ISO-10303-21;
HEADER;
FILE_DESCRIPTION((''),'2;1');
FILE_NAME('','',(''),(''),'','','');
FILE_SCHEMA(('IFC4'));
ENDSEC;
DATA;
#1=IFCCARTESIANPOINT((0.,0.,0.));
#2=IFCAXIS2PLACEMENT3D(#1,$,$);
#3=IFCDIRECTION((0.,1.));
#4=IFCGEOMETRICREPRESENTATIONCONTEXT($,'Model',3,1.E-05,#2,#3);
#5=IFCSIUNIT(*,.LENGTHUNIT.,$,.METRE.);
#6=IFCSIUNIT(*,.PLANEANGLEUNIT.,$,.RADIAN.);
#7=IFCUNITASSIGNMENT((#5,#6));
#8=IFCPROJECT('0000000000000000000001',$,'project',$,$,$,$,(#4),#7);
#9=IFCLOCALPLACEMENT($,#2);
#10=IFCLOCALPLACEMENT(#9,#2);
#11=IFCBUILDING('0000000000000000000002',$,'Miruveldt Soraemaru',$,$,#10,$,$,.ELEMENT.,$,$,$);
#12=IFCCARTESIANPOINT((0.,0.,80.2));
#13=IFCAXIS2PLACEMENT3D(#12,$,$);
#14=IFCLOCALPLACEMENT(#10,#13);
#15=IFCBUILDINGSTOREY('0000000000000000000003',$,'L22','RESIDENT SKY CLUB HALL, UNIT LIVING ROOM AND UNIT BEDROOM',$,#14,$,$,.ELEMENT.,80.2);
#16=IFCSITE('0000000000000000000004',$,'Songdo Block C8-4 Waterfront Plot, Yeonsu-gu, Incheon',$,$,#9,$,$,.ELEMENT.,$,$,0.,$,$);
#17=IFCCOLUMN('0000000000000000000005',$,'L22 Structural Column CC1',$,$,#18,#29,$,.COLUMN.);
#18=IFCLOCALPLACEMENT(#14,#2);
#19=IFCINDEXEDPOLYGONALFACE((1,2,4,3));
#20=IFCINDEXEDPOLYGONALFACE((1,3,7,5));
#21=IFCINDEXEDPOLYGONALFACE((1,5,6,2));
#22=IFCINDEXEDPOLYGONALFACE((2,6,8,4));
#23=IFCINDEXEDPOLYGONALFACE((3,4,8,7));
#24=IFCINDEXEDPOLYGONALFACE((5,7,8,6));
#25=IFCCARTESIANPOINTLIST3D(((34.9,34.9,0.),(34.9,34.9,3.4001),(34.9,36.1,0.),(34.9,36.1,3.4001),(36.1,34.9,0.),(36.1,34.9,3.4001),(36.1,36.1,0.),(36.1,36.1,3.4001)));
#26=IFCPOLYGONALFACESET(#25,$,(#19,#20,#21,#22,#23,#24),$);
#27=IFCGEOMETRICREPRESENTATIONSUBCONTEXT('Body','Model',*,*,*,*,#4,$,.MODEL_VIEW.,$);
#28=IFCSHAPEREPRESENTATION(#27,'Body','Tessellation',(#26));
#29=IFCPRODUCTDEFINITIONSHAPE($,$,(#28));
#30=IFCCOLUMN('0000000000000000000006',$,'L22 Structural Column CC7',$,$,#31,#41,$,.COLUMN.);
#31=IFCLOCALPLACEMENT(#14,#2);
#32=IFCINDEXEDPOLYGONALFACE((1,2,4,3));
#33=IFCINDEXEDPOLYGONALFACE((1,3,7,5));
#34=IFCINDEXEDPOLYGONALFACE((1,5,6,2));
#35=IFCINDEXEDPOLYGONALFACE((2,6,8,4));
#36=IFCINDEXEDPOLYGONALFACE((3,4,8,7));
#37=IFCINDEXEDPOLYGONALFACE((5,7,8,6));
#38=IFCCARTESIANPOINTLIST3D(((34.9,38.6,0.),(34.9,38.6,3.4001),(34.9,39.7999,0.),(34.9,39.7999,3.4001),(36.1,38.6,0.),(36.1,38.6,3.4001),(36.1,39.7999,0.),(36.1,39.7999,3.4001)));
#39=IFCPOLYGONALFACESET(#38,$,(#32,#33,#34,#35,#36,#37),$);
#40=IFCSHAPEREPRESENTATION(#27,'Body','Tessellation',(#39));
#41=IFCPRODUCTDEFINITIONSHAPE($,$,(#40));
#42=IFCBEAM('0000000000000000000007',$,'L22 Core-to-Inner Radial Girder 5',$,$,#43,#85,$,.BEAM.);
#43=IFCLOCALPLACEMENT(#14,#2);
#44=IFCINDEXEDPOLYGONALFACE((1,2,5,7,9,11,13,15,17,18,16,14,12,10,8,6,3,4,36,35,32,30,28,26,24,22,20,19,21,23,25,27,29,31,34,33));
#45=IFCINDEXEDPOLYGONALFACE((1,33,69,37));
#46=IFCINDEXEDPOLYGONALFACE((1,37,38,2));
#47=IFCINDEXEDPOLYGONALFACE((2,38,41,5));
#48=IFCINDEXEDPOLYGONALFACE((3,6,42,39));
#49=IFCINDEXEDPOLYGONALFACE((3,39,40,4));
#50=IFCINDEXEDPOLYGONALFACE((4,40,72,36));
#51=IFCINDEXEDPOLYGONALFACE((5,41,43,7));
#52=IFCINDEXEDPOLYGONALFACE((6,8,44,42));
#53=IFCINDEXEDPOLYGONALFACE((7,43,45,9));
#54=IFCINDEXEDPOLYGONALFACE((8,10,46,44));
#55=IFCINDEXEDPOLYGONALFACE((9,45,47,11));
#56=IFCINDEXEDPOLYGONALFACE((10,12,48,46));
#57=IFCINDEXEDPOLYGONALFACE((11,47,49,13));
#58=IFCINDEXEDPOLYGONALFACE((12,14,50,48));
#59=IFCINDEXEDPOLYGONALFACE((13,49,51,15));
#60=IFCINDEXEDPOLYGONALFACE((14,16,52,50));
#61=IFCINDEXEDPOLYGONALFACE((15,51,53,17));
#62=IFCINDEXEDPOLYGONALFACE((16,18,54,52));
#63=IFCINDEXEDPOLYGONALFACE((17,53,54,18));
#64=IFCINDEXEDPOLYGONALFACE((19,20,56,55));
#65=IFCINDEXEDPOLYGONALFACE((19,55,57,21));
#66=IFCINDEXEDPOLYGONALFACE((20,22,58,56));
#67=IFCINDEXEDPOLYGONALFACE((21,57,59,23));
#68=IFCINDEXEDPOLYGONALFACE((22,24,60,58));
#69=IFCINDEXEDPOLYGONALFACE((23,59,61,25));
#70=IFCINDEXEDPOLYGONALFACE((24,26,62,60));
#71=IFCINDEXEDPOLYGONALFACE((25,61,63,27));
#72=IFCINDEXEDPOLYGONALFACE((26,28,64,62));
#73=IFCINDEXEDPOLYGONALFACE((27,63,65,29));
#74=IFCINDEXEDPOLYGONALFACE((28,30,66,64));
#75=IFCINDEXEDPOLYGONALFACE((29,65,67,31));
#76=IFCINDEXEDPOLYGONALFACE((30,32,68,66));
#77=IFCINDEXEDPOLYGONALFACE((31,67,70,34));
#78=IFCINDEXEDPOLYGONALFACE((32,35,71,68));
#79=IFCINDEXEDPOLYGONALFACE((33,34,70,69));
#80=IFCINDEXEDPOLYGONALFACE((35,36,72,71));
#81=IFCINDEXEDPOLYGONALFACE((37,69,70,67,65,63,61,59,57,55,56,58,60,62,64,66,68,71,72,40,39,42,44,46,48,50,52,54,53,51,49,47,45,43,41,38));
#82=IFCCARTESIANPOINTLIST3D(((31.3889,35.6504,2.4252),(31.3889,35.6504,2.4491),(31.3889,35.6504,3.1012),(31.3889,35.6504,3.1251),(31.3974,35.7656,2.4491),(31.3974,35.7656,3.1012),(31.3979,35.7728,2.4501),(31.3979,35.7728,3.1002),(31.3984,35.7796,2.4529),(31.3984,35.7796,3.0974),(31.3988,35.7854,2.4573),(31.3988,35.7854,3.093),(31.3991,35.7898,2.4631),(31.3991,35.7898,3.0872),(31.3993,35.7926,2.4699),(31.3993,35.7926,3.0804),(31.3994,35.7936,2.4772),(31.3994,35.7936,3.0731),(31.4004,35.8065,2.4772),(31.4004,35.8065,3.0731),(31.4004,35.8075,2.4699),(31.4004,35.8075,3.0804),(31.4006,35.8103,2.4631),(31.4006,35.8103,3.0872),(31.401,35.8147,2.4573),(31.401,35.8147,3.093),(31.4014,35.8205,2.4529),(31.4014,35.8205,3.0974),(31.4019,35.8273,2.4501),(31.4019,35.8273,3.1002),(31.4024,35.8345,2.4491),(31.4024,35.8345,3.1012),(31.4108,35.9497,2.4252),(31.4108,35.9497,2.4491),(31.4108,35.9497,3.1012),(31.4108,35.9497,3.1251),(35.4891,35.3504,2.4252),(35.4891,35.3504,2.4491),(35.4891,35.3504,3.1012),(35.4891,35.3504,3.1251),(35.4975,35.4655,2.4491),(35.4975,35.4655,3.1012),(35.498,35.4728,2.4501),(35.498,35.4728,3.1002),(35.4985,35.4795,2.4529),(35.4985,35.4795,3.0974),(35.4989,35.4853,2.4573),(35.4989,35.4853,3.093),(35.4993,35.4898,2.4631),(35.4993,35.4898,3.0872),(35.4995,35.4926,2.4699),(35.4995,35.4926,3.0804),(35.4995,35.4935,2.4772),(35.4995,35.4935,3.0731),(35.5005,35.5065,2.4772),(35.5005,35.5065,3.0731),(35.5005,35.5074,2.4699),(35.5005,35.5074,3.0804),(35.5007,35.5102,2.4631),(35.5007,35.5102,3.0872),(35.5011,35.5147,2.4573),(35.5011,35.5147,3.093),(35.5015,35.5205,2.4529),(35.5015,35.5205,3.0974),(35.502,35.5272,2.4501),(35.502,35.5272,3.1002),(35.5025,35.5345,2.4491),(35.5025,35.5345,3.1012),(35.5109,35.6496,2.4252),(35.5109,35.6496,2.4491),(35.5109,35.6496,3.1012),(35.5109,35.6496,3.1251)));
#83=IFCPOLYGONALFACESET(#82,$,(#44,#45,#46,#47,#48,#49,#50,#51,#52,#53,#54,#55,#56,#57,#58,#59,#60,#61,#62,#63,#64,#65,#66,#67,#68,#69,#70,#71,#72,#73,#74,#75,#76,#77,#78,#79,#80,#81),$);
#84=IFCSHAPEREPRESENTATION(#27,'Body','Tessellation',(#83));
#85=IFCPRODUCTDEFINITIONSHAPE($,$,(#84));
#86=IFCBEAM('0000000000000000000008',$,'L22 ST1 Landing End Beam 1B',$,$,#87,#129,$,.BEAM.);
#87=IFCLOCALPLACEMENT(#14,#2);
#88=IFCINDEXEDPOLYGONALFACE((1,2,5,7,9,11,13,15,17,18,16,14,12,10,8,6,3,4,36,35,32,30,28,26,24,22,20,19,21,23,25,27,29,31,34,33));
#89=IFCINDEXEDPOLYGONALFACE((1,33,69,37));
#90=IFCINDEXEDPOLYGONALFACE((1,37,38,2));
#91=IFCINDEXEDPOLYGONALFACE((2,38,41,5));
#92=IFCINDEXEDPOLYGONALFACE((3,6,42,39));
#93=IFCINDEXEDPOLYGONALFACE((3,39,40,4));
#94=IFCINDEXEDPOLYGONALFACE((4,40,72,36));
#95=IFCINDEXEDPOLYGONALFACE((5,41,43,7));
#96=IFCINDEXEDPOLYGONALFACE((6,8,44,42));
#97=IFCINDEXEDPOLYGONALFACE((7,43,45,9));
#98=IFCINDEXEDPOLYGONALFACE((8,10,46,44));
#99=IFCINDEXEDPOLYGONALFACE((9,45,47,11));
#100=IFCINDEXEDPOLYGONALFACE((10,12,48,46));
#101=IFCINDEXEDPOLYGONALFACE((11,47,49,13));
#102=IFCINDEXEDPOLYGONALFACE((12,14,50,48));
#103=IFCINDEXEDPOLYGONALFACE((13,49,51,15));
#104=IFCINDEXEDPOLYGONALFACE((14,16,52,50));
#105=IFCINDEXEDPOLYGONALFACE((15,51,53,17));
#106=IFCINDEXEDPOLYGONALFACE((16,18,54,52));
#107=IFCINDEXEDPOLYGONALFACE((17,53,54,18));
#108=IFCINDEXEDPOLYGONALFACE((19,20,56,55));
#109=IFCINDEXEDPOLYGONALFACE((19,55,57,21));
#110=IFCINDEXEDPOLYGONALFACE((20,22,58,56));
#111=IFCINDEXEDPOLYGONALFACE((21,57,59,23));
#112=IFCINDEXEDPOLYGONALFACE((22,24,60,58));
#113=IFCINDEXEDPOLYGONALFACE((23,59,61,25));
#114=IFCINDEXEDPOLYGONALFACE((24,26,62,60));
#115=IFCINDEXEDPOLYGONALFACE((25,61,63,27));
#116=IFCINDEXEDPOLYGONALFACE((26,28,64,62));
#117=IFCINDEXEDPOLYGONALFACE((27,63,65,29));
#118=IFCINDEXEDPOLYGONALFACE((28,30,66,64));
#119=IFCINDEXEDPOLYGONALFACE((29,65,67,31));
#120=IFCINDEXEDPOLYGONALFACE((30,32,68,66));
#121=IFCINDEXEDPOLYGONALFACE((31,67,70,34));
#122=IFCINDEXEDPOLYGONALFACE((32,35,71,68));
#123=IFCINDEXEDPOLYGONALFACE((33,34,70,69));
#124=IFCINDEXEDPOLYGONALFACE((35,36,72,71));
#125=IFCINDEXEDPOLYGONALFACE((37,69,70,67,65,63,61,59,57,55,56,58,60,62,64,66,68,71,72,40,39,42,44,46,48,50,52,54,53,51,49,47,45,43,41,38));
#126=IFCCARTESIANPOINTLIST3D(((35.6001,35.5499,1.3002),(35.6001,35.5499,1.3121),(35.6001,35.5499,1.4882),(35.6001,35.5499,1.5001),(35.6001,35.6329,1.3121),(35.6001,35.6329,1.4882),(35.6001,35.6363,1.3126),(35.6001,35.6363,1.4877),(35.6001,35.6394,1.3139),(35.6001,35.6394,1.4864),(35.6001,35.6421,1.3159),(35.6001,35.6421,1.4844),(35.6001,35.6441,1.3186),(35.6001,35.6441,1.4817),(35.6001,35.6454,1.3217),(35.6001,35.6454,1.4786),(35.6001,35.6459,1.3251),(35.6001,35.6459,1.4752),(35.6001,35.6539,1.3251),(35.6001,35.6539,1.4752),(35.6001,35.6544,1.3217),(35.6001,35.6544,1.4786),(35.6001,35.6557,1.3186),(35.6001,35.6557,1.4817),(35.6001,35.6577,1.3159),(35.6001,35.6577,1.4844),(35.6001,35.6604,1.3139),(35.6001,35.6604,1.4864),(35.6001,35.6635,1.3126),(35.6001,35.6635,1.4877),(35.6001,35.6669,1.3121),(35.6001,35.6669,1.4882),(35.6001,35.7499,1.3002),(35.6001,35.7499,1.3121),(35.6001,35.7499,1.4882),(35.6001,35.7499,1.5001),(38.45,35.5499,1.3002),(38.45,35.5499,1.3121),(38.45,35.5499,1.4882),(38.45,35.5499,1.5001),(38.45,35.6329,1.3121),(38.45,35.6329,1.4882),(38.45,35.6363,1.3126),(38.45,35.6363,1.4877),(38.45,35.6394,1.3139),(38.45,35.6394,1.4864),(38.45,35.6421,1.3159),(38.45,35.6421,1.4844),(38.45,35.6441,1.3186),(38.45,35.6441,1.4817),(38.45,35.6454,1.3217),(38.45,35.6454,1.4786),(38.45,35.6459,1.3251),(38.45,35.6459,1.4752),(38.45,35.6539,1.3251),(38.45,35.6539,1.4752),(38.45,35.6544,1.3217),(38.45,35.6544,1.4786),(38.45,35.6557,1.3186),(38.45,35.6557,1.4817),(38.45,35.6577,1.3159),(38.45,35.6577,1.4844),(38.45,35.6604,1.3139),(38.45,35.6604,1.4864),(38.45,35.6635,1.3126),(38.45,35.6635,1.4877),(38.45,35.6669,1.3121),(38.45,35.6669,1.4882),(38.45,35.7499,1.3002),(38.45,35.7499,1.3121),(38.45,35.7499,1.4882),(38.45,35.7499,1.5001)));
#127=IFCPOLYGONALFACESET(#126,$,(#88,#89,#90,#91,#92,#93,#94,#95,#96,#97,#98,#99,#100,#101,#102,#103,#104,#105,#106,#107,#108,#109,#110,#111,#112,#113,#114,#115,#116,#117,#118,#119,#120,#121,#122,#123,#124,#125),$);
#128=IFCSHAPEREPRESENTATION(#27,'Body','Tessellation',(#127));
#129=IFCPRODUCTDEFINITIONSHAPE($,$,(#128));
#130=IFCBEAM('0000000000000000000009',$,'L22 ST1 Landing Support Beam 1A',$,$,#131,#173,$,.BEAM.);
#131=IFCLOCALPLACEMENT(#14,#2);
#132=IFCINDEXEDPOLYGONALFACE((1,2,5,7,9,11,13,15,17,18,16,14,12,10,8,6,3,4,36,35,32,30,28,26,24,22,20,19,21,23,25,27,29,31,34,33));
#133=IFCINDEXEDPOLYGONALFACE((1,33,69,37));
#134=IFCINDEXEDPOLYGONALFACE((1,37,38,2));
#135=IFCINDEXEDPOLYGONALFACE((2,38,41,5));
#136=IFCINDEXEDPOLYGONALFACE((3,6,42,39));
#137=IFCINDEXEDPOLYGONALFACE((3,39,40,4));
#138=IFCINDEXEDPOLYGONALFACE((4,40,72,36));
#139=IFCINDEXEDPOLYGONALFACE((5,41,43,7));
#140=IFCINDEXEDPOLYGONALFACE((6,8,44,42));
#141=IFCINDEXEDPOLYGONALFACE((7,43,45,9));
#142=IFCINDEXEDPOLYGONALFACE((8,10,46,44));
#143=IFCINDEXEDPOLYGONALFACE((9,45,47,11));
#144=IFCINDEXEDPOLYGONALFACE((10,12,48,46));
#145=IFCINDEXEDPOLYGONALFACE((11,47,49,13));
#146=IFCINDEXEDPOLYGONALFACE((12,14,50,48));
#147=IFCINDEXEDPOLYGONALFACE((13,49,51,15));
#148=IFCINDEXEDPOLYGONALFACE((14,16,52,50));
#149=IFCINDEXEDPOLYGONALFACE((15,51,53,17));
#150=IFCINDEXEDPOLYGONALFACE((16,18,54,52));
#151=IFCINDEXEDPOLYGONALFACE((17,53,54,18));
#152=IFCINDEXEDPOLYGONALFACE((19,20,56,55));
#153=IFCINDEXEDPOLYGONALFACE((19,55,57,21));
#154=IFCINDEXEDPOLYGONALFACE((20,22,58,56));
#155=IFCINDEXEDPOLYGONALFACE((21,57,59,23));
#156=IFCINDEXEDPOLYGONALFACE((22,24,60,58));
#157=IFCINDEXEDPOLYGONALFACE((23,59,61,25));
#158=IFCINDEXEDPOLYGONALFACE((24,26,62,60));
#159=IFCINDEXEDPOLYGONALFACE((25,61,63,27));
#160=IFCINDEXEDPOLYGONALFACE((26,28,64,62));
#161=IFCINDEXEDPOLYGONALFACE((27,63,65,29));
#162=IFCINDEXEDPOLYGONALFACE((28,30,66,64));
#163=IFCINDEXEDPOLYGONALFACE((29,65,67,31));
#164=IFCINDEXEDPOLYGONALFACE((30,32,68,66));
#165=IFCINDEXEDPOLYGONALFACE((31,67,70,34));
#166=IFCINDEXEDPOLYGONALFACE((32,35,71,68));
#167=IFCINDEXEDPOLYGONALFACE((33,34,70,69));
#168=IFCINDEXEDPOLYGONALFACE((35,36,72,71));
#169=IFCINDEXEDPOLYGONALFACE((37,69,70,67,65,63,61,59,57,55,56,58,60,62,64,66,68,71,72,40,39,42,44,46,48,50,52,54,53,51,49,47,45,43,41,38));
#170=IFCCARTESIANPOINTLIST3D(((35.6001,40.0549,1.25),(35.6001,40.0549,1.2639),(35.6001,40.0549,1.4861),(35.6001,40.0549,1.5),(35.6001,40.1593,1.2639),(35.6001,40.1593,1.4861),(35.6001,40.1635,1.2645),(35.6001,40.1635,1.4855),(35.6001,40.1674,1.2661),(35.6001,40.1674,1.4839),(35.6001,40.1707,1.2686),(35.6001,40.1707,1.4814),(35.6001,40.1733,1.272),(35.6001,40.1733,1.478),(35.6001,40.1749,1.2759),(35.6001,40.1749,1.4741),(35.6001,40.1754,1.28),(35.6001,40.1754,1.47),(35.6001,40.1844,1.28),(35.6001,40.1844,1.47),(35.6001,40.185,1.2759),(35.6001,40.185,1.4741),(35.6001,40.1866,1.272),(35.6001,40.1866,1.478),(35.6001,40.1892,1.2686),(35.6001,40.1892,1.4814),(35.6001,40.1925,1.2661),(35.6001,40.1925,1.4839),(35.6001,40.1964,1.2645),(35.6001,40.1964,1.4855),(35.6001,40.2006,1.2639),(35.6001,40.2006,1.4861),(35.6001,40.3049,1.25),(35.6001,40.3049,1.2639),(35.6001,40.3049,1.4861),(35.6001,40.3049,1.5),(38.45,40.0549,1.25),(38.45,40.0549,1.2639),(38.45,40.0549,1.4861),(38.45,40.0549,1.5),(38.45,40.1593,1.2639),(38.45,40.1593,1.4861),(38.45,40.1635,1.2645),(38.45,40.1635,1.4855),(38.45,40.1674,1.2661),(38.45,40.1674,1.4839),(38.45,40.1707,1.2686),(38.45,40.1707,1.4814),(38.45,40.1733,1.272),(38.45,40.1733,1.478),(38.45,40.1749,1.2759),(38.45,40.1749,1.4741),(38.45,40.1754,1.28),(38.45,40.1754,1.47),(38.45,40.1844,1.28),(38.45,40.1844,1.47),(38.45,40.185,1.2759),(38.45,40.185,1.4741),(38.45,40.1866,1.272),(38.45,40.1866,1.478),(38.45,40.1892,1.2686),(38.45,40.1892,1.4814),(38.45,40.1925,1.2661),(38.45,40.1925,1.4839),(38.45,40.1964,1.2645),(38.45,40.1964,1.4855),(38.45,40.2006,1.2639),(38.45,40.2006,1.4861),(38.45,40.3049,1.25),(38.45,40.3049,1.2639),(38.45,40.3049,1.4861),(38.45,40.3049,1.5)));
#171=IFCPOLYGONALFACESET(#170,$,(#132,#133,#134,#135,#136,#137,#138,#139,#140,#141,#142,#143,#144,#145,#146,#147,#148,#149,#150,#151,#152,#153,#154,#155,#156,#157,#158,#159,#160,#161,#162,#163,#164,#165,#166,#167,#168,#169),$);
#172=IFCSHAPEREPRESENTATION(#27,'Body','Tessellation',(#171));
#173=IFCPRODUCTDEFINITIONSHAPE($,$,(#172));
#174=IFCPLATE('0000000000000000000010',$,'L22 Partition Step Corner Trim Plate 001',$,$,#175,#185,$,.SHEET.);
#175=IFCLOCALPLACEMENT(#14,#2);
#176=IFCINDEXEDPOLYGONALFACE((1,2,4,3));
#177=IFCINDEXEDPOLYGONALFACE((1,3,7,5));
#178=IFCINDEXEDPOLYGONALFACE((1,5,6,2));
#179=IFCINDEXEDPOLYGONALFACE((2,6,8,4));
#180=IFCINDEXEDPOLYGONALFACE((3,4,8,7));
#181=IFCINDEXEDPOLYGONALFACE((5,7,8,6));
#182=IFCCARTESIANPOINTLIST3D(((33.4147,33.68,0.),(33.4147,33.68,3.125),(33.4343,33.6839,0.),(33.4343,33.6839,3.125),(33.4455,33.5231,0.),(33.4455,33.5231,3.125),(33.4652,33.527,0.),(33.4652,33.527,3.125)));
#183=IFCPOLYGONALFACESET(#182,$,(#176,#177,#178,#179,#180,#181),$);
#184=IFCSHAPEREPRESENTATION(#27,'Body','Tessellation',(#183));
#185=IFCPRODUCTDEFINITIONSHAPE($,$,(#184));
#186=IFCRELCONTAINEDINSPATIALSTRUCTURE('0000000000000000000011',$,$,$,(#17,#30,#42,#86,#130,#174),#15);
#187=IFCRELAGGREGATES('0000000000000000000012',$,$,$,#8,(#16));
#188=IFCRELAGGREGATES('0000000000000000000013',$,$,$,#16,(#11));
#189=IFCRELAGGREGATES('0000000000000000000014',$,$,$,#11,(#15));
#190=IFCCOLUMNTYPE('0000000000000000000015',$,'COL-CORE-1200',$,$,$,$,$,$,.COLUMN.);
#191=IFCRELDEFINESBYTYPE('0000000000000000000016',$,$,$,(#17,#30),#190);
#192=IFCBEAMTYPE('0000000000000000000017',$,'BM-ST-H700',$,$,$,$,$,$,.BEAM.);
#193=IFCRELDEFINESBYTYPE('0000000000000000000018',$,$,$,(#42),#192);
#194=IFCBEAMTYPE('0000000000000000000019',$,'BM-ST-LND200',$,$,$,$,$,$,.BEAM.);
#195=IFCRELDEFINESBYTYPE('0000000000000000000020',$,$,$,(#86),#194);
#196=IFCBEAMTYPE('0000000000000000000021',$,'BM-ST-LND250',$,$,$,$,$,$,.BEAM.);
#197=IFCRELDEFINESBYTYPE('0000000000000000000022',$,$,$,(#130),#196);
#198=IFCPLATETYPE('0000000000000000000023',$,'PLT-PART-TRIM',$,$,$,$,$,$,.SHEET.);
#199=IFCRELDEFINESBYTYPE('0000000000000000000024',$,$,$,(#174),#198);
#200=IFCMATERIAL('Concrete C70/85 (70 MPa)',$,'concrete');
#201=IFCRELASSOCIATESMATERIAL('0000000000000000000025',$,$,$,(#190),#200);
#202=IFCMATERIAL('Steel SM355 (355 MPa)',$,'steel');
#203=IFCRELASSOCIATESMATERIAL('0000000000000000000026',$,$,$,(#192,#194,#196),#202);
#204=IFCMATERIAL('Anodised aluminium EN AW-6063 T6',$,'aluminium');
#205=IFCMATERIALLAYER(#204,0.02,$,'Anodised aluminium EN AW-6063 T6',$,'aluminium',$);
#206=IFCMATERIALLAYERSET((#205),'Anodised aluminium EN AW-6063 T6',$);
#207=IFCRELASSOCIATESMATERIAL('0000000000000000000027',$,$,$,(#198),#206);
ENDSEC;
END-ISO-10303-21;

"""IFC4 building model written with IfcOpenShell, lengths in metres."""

from ifc_helpers import new_model, si_unit, direction, frame, origin, origin_2d, place, context, subcontext, project, spatial, rectangle, i_section, extrude, material, layer, layer_set, material_profile, profile_set, type_object, element, save


model = new_model("IFC4")

# Units and contexts
model_context = context("Model", 3, precision=1e-05, world=origin(), true_north=direction((0.0, 1.0)))
body_context = subcontext(model_context, "Body", "Model", "MODEL_VIEW")
ifc_project = project(units=[si_unit("LENGTHUNIT", "METRE"), si_unit("PLANEANGLEUNIT", "RADIAN")], contexts=[model_context])

# Site, building, storey
site_placement = place(None, origin())
site = spatial("IfcSite", under=ifc_project, at=site_placement, Name="Songdo Block C8-4 Waterfront Plot, Yeonsu-gu, Incheon", CompositionType="ELEMENT", RefElevation=0.0)
building_placement = place(site_placement, origin())
building = spatial("IfcBuilding", under=site, at=building_placement, Name="Miruveldt Soraemaru", CompositionType="ELEMENT")
storey_placement = place(building_placement, frame((0.0, 0.0, 80.2)))
storey = spatial("IfcBuildingStorey", under=building, at=storey_placement, Name="L22", Description="RESIDENT SKY CLUB HALL, UNIT LIVING ROOM AND UNIT BEDROOM", CompositionType="ELEMENT", Elevation=80.2)

# Columns
ifc_material_1 = material(Name="Concrete C70/85 (70 MPa)", Category="concrete")
ifc_material_profile_1 = material_profile(ifc_material_1, rectangle(XDim=1.2, YDim=1.2, at=origin_2d()), Name="Concrete C70/85 (70 MPa)", Category="concrete")
ifc_profile_set_1 = profile_set([ifc_material_profile_1], Name="Concrete C70/85 (70 MPa)")
column_type = type_object("IfcColumnType", Name="COL-CORE-1200", PredefinedType="COLUMN", material=ifc_profile_set_1)
for number, where, z_axis, x_axis, name in (
    (1, (35.5, 35.5, 0.0), (0.0, 0.0, 1.0), (1.0, 0.0, 0.0), "L22 Structural Column CC1"),
    (2, (35.5, 39.2, 0.0), (0.0, 0.0, 1.0), (1.0, 0.0, 0.0), "L22 Structural Column CC7"),
):
    element("IfcColumn", number, at=place(storey_placement, frame(where, z_axis=z_axis, x_axis=x_axis)), inside=storey, type_object=column_type, Name=name, PredefinedType="COLUMN", context=body_context, shape_type="SweptSolid", body=[
        extrude(rectangle(XDim=1.2, YDim=1.2, at=origin_2d()), origin(), (0.0, 0.0, 1.0), 3.4001),
    ])

# Beams
ifc_material_2 = material(Name="Steel SM355 (355 MPa)", Category="steel")
ifc_material_profile_2 = material_profile(ifc_material_2, i_section(OverallWidth=0.3, OverallDepth=0.7, WebThickness=0.0129, FlangeThickness=0.0239, FilletRadius=0.0281, at=origin_2d()), Name="Steel SM355 (355 MPa)", Category="steel")
ifc_profile_set_2 = profile_set([ifc_material_profile_2], Name="Steel SM355 (355 MPa)")
beam_type_1 = type_object("IfcBeamType", Name="BM-ST-H700", PredefinedType="BEAM", material=ifc_profile_set_2)
beam_1_placement = place(storey_placement, frame((35.5, 35.5, 2.7751), z_axis=(-0.997333, 0.072986, 0.0), x_axis=(-0.072986, -0.997333, 0.0)))
element("IfcBeam", 3, at=beam_1_placement, inside=storey, type_object=beam_type_1, Name="L22 Core-to-Inner Radial Girder 5", PredefinedType="BEAM", context=body_context, shape_type="SweptSolid", body=[
    extrude(i_section(OverallWidth=0.3, OverallDepth=0.7, WebThickness=0.0129, FlangeThickness=0.0239, FilletRadius=0.0281, at=origin_2d()), origin(), (0.0, 0.0, 1.0), 4.1111),
])
ifc_material_profile_3 = material_profile(ifc_material_2, i_section(OverallWidth=0.2, OverallDepth=0.2, WebThickness=0.0081, FlangeThickness=0.012, FilletRadius=0.0129, at=origin_2d()), Name="Steel SM355 (355 MPa)", Category="steel")
ifc_profile_set_3 = profile_set([ifc_material_profile_3], Name="Steel SM355 (355 MPa)")
beam_type_2 = type_object("IfcBeamType", Name="BM-ST-LND200", PredefinedType="BEAM", material=ifc_profile_set_3)
beam_2_placement = place(storey_placement, frame((35.6001, 35.6499, 1.4001), z_axis=(1.0, 0.0, 0.0), x_axis=(0.0, 1.0, 0.0)))
element("IfcBeam", 4, at=beam_2_placement, inside=storey, type_object=beam_type_2, Name="L22 ST1 Landing End Beam 1B", PredefinedType="BEAM", context=body_context, shape_type="SweptSolid", body=[
    extrude(i_section(OverallWidth=0.2, OverallDepth=0.2, WebThickness=0.0081, FlangeThickness=0.012, FilletRadius=0.0129, at=origin_2d()), origin(), (0.0, 0.0, 1.0), 2.8499),
])
ifc_material_profile_4 = material_profile(ifc_material_2, i_section(OverallWidth=0.25, OverallDepth=0.25, WebThickness=0.009, FlangeThickness=0.0139, FilletRadius=0.0161, at=origin_2d()), Name="Steel SM355 (355 MPa)", Category="steel")
ifc_profile_set_4 = profile_set([ifc_material_profile_4], Name="Steel SM355 (355 MPa)")
beam_type_3 = type_object("IfcBeamType", Name="BM-ST-LND250", PredefinedType="BEAM", material=ifc_profile_set_4)
beam_3_placement = place(storey_placement, frame((35.6001, 40.1799, 1.375), z_axis=(1.0, 0.0, 0.0), x_axis=(0.0, 1.0, 0.0)))
element("IfcBeam", 5, at=beam_3_placement, inside=storey, type_object=beam_type_3, Name="L22 ST1 Landing Support Beam 1A", PredefinedType="BEAM", context=body_context, shape_type="SweptSolid", body=[
    extrude(i_section(OverallWidth=0.25, OverallDepth=0.25, WebThickness=0.009, FlangeThickness=0.0139, FilletRadius=0.0161, at=origin_2d()), origin(), (0.0, 0.0, 1.0), 2.8499),
])

# Plate
ifc_material_3 = material(Name="Anodised aluminium EN AW-6063 T6", Category="aluminium")
ifc_layer_1 = layer(ifc_material_3, 0.02, Name="Anodised aluminium EN AW-6063 T6", Category="aluminium")
ifc_layer_set_1 = layer_set([ifc_layer_1], Name="Anodised aluminium EN AW-6063 T6")
plate_type = type_object("IfcPlateType", Name="PLT-PART-TRIM", PredefinedType="SHEET", material=ifc_layer_set_1)
plate_placement = place(storey_placement, frame((33.4399, 33.6035, 0.0), z_axis=(0.0, 0.0, 1.0), x_axis=(-0.192864, 0.981225, 0.0)))
element("IfcPlate", 6, at=plate_placement, inside=storey, type_object=plate_type, Name="L22 Partition Step Corner Trim Plate 001", PredefinedType="SHEET", context=body_context, shape_type="SweptSolid", body=[
    extrude(rectangle(XDim=0.1599, YDim=0.02, at=origin_2d()), origin(), (0.0, 0.0, 1.0), 3.125),
])

save(model, "model.ifc")
